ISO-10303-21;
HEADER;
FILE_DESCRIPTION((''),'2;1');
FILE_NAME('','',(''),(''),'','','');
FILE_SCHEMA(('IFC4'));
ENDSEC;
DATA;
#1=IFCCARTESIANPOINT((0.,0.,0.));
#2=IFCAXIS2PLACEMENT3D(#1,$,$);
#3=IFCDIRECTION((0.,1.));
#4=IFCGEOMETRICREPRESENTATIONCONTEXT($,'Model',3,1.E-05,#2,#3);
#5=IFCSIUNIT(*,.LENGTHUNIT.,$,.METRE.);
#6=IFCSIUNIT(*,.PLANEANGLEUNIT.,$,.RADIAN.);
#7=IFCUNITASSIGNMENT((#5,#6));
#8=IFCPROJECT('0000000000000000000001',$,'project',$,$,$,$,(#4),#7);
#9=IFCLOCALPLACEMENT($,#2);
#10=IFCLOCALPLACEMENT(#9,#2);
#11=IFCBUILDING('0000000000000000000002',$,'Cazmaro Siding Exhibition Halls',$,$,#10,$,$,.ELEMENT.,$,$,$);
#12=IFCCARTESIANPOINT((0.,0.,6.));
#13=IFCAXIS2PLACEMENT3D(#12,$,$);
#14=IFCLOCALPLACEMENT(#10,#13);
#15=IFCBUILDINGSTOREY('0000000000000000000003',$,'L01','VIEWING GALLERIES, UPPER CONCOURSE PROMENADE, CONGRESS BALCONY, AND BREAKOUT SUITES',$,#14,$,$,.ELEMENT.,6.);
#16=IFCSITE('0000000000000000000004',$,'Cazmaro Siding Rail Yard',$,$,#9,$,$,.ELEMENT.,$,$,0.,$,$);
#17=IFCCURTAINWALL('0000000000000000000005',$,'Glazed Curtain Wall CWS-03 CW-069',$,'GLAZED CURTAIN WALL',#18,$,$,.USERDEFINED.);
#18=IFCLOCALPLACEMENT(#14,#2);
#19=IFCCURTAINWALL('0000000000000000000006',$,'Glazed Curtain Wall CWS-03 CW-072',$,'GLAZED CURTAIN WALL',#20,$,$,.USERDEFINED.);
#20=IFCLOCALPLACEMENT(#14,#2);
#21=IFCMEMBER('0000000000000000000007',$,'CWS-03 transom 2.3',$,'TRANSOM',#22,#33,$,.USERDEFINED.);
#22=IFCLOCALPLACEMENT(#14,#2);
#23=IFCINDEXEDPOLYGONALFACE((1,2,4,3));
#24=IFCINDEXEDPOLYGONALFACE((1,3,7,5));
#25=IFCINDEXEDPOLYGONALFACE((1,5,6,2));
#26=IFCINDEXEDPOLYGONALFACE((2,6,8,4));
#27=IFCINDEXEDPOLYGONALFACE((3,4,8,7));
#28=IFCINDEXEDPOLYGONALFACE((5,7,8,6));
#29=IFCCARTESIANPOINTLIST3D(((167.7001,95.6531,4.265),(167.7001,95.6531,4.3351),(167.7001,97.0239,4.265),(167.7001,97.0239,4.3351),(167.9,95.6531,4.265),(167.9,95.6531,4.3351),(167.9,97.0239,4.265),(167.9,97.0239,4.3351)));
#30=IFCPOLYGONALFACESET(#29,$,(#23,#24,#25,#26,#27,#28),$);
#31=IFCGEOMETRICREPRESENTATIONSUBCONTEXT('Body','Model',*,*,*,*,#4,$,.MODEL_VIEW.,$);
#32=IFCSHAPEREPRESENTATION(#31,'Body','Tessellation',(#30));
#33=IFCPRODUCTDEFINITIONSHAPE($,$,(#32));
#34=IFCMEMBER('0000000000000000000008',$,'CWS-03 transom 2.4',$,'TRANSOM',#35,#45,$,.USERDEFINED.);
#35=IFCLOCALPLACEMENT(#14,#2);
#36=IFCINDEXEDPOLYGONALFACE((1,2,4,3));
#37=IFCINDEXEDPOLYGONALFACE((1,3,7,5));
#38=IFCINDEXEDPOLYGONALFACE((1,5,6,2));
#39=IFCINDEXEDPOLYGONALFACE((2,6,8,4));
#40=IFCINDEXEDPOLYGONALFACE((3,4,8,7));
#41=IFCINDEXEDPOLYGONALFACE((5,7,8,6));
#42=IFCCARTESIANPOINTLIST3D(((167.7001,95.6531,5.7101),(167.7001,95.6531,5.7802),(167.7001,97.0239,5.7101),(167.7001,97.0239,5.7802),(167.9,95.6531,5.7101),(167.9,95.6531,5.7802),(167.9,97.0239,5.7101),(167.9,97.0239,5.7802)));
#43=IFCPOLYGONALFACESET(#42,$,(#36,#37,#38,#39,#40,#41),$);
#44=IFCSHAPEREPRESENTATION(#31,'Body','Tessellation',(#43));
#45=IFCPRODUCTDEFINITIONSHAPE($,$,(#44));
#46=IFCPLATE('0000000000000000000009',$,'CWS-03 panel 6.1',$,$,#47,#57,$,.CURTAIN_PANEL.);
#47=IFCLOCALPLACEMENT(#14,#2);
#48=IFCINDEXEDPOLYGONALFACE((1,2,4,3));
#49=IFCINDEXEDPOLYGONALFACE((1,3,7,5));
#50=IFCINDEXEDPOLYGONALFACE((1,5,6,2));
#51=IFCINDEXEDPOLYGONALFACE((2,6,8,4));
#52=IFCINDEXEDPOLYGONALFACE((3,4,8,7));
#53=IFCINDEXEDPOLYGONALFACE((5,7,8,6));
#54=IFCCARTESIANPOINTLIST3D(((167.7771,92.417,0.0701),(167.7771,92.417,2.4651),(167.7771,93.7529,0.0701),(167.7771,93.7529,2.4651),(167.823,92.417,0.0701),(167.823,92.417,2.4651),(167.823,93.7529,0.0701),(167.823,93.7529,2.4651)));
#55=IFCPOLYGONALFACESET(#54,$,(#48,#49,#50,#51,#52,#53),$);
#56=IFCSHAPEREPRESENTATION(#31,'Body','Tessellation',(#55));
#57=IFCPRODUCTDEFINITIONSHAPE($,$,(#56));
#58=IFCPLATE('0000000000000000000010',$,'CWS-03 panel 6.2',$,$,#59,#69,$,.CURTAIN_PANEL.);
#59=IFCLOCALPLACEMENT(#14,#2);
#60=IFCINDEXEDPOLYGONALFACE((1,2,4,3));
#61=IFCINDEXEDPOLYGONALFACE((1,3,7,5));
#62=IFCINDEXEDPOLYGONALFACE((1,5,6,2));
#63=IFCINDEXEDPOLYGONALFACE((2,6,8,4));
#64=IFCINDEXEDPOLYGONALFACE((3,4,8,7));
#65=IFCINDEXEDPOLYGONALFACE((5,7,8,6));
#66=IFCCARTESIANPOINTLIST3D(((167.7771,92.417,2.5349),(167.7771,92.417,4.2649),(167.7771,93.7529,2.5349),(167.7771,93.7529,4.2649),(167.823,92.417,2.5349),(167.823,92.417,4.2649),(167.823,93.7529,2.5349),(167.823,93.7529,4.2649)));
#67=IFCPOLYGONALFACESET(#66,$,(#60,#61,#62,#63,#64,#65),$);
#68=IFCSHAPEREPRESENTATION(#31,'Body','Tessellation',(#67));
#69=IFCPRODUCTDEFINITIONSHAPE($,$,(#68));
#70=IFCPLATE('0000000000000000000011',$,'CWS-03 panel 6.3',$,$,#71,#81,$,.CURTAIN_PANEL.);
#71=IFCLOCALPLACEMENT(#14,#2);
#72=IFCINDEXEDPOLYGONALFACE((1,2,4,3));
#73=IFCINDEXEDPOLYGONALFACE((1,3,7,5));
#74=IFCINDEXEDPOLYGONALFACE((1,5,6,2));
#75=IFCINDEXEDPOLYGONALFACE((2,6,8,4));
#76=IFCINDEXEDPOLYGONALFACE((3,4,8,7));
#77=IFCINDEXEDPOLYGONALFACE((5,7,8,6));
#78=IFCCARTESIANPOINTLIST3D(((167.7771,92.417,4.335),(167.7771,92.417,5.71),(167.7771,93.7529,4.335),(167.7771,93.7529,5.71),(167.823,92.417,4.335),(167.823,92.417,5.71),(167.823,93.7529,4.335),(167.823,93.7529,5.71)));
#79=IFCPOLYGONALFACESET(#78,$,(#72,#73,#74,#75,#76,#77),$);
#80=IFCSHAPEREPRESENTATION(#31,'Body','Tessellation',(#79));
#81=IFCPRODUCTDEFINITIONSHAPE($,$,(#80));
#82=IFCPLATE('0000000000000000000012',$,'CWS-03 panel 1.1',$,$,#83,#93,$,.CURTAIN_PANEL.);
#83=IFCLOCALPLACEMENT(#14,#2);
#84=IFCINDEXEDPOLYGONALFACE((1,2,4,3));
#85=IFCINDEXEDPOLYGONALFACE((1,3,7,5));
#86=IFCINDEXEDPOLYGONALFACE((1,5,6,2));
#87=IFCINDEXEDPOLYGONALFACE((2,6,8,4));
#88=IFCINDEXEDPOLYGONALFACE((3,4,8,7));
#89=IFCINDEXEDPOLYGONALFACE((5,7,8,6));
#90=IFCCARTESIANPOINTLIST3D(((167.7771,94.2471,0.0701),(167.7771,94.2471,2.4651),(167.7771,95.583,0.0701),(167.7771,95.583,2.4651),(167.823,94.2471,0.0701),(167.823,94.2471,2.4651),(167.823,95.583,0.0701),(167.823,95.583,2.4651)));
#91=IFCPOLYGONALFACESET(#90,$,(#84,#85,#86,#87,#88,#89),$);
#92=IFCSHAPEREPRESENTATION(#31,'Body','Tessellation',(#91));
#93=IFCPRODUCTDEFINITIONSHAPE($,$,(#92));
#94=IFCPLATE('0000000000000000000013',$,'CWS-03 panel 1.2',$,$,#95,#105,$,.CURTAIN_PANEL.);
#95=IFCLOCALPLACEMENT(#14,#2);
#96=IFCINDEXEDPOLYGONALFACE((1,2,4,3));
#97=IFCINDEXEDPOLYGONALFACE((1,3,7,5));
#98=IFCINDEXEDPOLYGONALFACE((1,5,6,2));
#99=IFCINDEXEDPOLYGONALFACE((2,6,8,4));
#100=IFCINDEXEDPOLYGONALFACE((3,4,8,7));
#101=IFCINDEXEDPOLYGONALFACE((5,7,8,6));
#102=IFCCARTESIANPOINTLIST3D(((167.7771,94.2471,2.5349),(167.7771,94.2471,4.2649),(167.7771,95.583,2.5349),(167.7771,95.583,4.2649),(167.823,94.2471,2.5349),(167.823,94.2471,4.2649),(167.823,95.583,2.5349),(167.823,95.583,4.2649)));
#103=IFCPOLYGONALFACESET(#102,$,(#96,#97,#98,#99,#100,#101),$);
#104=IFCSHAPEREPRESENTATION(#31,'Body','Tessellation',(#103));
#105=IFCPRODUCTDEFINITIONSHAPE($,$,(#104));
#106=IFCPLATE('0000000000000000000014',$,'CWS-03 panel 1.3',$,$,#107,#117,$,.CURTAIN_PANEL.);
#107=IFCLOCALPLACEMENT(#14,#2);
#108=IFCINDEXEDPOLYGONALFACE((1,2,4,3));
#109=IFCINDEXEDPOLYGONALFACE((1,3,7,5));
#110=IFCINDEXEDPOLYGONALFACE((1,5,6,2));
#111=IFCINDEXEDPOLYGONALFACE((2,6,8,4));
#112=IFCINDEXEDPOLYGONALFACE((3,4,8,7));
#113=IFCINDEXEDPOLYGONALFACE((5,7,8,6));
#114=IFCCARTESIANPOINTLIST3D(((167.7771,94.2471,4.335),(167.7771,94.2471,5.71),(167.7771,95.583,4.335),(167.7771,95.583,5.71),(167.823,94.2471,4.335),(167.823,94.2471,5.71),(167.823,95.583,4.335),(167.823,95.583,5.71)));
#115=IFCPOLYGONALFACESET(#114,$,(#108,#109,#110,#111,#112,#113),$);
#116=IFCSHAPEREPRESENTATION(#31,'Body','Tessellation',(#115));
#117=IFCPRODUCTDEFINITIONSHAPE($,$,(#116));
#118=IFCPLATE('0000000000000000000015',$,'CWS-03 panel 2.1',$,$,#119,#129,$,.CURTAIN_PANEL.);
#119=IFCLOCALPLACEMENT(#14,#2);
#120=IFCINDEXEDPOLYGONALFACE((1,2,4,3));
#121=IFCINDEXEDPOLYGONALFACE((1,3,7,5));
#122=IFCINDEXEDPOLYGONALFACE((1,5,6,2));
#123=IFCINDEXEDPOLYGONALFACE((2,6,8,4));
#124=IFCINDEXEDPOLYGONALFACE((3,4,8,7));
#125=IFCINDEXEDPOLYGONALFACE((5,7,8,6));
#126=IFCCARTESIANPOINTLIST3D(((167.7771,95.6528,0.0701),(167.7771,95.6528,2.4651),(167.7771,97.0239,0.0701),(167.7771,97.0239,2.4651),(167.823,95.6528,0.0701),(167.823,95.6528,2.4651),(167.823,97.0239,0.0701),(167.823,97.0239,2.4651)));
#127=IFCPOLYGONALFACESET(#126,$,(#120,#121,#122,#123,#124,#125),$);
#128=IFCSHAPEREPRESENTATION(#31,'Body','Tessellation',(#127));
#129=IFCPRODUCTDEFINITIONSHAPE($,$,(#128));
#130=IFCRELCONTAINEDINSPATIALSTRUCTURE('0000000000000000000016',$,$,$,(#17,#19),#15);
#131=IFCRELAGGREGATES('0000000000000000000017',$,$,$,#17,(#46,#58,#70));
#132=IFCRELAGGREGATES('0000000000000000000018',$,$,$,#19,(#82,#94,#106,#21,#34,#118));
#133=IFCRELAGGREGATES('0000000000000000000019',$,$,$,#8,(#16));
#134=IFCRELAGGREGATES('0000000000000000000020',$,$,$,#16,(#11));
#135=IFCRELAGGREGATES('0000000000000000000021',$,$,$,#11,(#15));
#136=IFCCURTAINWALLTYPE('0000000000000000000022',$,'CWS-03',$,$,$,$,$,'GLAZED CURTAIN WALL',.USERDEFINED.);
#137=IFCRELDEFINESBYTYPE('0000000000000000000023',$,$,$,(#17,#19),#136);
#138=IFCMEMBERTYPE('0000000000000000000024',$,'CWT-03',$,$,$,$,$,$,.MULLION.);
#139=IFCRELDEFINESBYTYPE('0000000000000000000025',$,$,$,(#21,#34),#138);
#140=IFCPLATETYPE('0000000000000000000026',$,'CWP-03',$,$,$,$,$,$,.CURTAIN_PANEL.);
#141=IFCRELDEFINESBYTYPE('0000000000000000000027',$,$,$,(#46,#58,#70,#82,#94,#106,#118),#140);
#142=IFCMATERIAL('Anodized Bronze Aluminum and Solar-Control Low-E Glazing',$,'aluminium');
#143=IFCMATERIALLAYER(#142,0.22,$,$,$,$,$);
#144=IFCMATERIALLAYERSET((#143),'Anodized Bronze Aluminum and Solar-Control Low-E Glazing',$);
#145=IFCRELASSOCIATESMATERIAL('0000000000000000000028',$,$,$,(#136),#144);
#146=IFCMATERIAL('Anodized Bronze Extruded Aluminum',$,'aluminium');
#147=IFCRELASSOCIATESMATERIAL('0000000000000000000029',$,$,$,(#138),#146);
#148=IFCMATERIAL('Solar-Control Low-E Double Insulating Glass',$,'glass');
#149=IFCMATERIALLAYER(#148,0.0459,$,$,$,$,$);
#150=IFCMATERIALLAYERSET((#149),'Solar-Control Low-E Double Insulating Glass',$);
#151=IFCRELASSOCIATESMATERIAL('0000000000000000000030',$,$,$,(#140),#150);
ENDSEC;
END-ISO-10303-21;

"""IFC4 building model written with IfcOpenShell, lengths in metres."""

from ifc_helpers import new_model, si_unit, direction, frame, origin, origin_2d, place, context, subcontext, project, spatial, rectangle, extrude, material, layer, layer_set, material_profile, profile_set, type_object, element, aggregate, save


model = new_model("IFC4")

# Units and contexts
model_context = context("Model", 3, precision=1e-05, world=origin(), true_north=direction((0.0, 1.0)))
body_context = subcontext(model_context, "Body", "Model", "MODEL_VIEW")
ifc_project = project(units=[si_unit("LENGTHUNIT", "METRE"), si_unit("PLANEANGLEUNIT", "RADIAN")], contexts=[model_context])

# Site, building, storey
site_placement = place(None, origin())
site = spatial("IfcSite", under=ifc_project, at=site_placement, Name="Cazmaro Siding Rail Yard", CompositionType="ELEMENT", RefElevation=0.0)
building_placement = place(site_placement, origin())
building = spatial("IfcBuilding", under=site, at=building_placement, Name="Cazmaro Siding Exhibition Halls", CompositionType="ELEMENT")
storey_placement = place(building_placement, frame((0.0, 0.0, 6.0)))
storey = spatial("IfcBuildingStorey", under=building, at=storey_placement, Name="L01", Description="VIEWING GALLERIES, UPPER CONCOURSE PROMENADE, CONGRESS BALCONY, AND BREAKOUT SUITES", CompositionType="ELEMENT", Elevation=6.0)

# Curtain wall
ifc_material_1 = material(Name="Anodized Bronze Aluminum and Solar-Control Low-E Glazing", Category="aluminium")
ifc_layer_1 = layer(ifc_material_1, 0.22)
ifc_layer_set_1 = layer_set([ifc_layer_1], Name="Anodized Bronze Aluminum and Solar-Control Low-E Glazing")
curtain_wall_type = type_object("IfcCurtainWallType", Name="CWS-03", ElementType="GLAZED CURTAIN WALL", PredefinedType="USERDEFINED", material=ifc_layer_set_1)
curtain_wall_1_placement = place(storey_placement, origin())
curtain_wall_1 = element("IfcCurtainWall", 1, at=curtain_wall_1_placement, inside=storey, type_object=curtain_wall_type, Name="Glazed Curtain Wall CWS-03 CW-069", ObjectType="GLAZED CURTAIN WALL", PredefinedType="USERDEFINED")

# Curtain wall
curtain_wall_2_placement = place(storey_placement, origin())
curtain_wall_2 = element("IfcCurtainWall", 2, at=curtain_wall_2_placement, inside=storey, type_object=curtain_wall_type, Name="Glazed Curtain Wall CWS-03 CW-072", ObjectType="GLAZED CURTAIN WALL", PredefinedType="USERDEFINED")

# Members
ifc_material_2 = material(Name="Anodized Bronze Extruded Aluminum", Category="aluminium")
ifc_material_profile_1 = material_profile(ifc_material_2, rectangle(XDim=0.2, YDim=0.0701, at=origin_2d()), Name="CWT-03")
ifc_profile_set_1 = profile_set([ifc_material_profile_1], Name="Anodized Bronze Extruded Aluminum")
member_type_1 = type_object("IfcMemberType", Name="CWT-03", PredefinedType="MULLION", material=ifc_profile_set_1)
member_1_placement = place(storey_placement, frame((167.8, 95.6531, 4.3), z_axis=(0.0, 1.0, 0.0), x_axis=(-1.0, 0.0, 0.0)))
member_1 = element("IfcMember", 3, at=member_1_placement, type_object=member_type_1, Name="CWS-03 transom 2.3", ObjectType="TRANSOM", PredefinedType="USERDEFINED", context=body_context, shape_type="SweptSolid", body=[
    extrude(rectangle(XDim=0.2, YDim=0.0701, at=origin_2d()), origin(), (0.0, 0.0, 1.0), 1.3708),
])
member_2_placement = place(storey_placement, frame((167.8, 95.6531, 5.7451), z_axis=(0.0, 1.0, 0.0), x_axis=(-1.0, 0.0, 0.0)))
member_2 = element("IfcMember", 4, at=member_2_placement, type_object=member_type_1, Name="CWS-03 transom 2.4", ObjectType="TRANSOM", PredefinedType="USERDEFINED", context=body_context, shape_type="SweptSolid", body=[
    extrude(rectangle(XDim=0.2, YDim=0.0701, at=origin_2d()), origin(), (0.0, 0.0, 1.0), 1.3708),
])

# Plates
ifc_material_3 = material(Name="Solar-Control Low-E Double Insulating Glass", Category="glass")
ifc_layer_2 = layer(ifc_material_3, 0.0459)
ifc_layer_set_2 = layer_set([ifc_layer_2], Name="Solar-Control Low-E Double Insulating Glass")
plate_type = type_object("IfcPlateType", Name="CWP-03", PredefinedType="CURTAIN_PANEL", material=ifc_layer_set_2)
plate_1_placement = place(storey_placement, frame((167.8, 93.085, 0.0701), z_axis=(0.0, 0.0, 1.0), x_axis=(0.0, 1.0, 0.0)))
plate_1 = element("IfcPlate", 5, at=plate_1_placement, type_object=plate_type, Name="CWS-03 panel 6.1", PredefinedType="CURTAIN_PANEL", context=body_context, shape_type="SweptSolid", body=[
    extrude(rectangle(XDim=1.3359, YDim=0.0459, at=origin_2d()), origin(), (0.0, 0.0, 1.0), 2.395),
])
plate_2_placement = place(storey_placement, frame((167.8, 93.085, 2.5349), z_axis=(0.0, 0.0, 1.0), x_axis=(0.0, 1.0, 0.0)))
plate_2 = element("IfcPlate", 6, at=plate_2_placement, type_object=plate_type, Name="CWS-03 panel 6.2", PredefinedType="CURTAIN_PANEL", context=body_context, shape_type="SweptSolid", body=[
    extrude(rectangle(XDim=1.3359, YDim=0.0459, at=origin_2d()), origin(), (0.0, 0.0, 1.0), 1.73),
])
plate_3_placement = place(storey_placement, frame((167.8, 93.085, 4.335), z_axis=(0.0, 0.0, 1.0), x_axis=(0.0, 1.0, 0.0)))
plate_3 = element("IfcPlate", 7, at=plate_3_placement, type_object=plate_type, Name="CWS-03 panel 6.3", PredefinedType="CURTAIN_PANEL", context=body_context, shape_type="SweptSolid", body=[
    extrude(rectangle(XDim=1.3359, YDim=0.0459, at=origin_2d()), origin(), (0.0, 0.0, 1.0), 1.375),
])
aggregate(curtain_wall_1, [plate_1, plate_2, plate_3])
plate_4_placement = place(storey_placement, frame((167.8, 94.915, 0.0701), z_axis=(0.0, 0.0, 1.0), x_axis=(0.0, 1.0, 0.0)))
plate_4 = element("IfcPlate", 8, at=plate_4_placement, type_object=plate_type, Name="CWS-03 panel 1.1", PredefinedType="CURTAIN_PANEL", context=body_context, shape_type="SweptSolid", body=[
    extrude(rectangle(XDim=1.3359, YDim=0.0459, at=origin_2d()), origin(), (0.0, 0.0, 1.0), 2.395),
])
plate_5_placement = place(storey_placement, frame((167.8, 94.915, 2.5349), z_axis=(0.0, 0.0, 1.0), x_axis=(0.0, 1.0, 0.0)))
plate_5 = element("IfcPlate", 9, at=plate_5_placement, type_object=plate_type, Name="CWS-03 panel 1.2", PredefinedType="CURTAIN_PANEL", context=body_context, shape_type="SweptSolid", body=[
    extrude(rectangle(XDim=1.3359, YDim=0.0459, at=origin_2d()), origin(), (0.0, 0.0, 1.0), 1.73),
])
plate_6_placement = place(storey_placement, frame((167.8, 94.915, 4.335), z_axis=(0.0, 0.0, 1.0), x_axis=(0.0, 1.0, 0.0)))
plate_6 = element("IfcPlate", 10, at=plate_6_placement, type_object=plate_type, Name="CWS-03 panel 1.3", PredefinedType="CURTAIN_PANEL", context=body_context, shape_type="SweptSolid", body=[
    extrude(rectangle(XDim=1.3359, YDim=0.0459, at=origin_2d()), origin(), (0.0, 0.0, 1.0), 1.375),
])
plate_7_placement = place(storey_placement, frame((167.8, 96.3384, 0.0701), z_axis=(0.0, 0.0, 1.0), x_axis=(0.0, 1.0, 0.0)))
plate_7 = element("IfcPlate", 11, at=plate_7_placement, type_object=plate_type, Name="CWS-03 panel 2.1", PredefinedType="CURTAIN_PANEL", context=body_context, shape_type="SweptSolid", body=[
    extrude(rectangle(XDim=1.3711, YDim=0.0459, at=origin_2d()), origin(), (0.0, 0.0, 1.0), 2.395),
])
aggregate(curtain_wall_2, [plate_4, plate_5, plate_6, member_1, member_2, plate_7])

save(model, "model.ifc")
